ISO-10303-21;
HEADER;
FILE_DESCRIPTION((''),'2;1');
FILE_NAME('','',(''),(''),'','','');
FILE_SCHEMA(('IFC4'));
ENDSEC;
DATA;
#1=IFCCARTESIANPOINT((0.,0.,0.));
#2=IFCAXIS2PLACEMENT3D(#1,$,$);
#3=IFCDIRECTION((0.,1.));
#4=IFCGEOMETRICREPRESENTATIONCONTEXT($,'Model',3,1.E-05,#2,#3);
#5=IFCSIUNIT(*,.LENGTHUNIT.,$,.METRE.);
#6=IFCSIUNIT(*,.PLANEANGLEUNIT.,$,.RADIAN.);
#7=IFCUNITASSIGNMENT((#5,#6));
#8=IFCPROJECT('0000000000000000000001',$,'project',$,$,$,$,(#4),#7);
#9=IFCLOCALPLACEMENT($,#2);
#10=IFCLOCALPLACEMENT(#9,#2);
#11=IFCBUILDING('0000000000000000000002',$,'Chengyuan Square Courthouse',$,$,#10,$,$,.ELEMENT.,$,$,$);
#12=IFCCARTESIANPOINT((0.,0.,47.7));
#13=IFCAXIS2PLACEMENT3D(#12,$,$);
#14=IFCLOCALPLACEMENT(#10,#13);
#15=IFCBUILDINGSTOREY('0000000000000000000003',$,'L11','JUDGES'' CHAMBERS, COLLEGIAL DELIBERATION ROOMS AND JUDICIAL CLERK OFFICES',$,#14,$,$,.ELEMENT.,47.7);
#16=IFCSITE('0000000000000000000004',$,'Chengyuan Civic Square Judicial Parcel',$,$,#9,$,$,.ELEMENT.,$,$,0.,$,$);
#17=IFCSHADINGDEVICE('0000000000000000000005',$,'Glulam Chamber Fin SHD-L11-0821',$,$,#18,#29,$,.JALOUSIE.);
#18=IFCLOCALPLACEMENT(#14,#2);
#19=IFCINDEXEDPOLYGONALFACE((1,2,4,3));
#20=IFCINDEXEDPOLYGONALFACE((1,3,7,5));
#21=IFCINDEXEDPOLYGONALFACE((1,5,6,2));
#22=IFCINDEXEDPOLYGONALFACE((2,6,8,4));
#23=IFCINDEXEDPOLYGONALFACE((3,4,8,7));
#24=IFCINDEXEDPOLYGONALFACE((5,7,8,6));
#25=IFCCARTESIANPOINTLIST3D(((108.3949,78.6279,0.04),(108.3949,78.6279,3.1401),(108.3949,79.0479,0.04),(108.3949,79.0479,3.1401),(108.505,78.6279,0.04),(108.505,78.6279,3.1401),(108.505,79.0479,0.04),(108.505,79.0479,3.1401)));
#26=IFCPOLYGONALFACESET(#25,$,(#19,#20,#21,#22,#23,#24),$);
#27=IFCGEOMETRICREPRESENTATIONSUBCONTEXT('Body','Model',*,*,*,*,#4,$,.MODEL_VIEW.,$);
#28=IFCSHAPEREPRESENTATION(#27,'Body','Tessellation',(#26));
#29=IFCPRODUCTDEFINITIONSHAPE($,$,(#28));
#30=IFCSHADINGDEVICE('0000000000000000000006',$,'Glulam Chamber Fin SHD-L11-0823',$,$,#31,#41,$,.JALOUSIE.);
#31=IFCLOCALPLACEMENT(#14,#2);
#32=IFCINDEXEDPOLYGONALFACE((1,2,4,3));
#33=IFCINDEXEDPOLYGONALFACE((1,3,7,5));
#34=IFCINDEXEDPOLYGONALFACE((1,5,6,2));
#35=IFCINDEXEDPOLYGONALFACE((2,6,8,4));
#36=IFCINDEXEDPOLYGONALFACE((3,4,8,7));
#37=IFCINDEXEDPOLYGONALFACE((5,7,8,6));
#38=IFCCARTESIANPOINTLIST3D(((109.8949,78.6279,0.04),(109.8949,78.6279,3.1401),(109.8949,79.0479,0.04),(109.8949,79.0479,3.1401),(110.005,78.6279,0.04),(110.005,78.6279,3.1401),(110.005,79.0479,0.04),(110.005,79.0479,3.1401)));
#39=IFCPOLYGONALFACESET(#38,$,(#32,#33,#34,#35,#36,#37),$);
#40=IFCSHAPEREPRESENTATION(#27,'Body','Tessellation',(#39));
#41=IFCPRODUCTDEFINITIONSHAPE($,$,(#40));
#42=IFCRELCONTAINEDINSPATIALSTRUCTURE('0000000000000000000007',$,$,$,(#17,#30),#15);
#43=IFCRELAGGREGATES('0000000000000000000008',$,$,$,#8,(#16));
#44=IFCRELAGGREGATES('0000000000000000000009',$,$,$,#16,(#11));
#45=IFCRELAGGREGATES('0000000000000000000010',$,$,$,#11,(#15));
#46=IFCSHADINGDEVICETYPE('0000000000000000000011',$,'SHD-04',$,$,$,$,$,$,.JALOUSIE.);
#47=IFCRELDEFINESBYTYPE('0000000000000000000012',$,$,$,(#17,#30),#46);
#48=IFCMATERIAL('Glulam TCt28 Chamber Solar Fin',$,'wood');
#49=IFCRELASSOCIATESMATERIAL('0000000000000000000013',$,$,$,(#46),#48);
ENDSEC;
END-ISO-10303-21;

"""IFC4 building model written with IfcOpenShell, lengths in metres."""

from ifc_helpers import new_model, si_unit, direction, frame, origin, origin_2d, place, context, subcontext, project, spatial, rectangle, extrude, material, type_object, element, save


model = new_model("IFC4")

# Units and contexts
model_context = context("Model", 3, precision=1e-05, world=origin(), true_north=direction((0.0, 1.0)))
body_context = subcontext(model_context, "Body", "Model", "MODEL_VIEW")
ifc_project = project(units=[si_unit("LENGTHUNIT", "METRE"), si_unit("PLANEANGLEUNIT", "RADIAN")], contexts=[model_context])

# Site, building, storey
site_placement = place(None, origin())
site = spatial("IfcSite", under=ifc_project, at=site_placement, Name="Chengyuan Civic Square Judicial Parcel", CompositionType="ELEMENT", RefElevation=0.0)
building_placement = place(site_placement, origin())
building = spatial("IfcBuilding", under=site, at=building_placement, Name="Chengyuan Square Courthouse", CompositionType="ELEMENT")
storey_placement = place(building_placement, frame((0.0, 0.0, 47.7)))
storey = spatial("IfcBuildingStorey", under=building, at=storey_placement, Name="L11", Description="JUDGES' CHAMBERS, COLLEGIAL DELIBERATION ROOMS AND JUDICIAL CLERK OFFICES", CompositionType="ELEMENT", Elevation=47.7)

# Shading devices
ifc_material_1 = material(Name="Glulam TCt28 Chamber Solar Fin", Category="wood")
shading_device_type_1 = type_object("IfcShadingDeviceType", Name="SHD-04", PredefinedType="JALOUSIE", material=ifc_material_1)
for number, where, z_axis, x_axis, name in (
    (1, (108.45, 78.8379, 0.04), (0.0, 0.0, 1.0), (0.0, 1.0, 0.0), "Glulam Chamber Fin SHD-L11-0821"),
    (2, (109.95, 78.8379, 0.04), (0.0, 0.0, 1.0), (0.0, 1.0, 0.0), "Glulam Chamber Fin SHD-L11-0823"),
):
    element("IfcShadingDevice", number, at=place(storey_placement, frame(where, z_axis=z_axis, x_axis=x_axis)), inside=storey, type_object=shading_device_type_1, Name=name, PredefinedType="JALOUSIE", context=body_context, shape_type="SweptSolid", body=[
        extrude(rectangle(XDim=0.4199, YDim=0.1101, at=origin_2d()), origin(), (0.0, 0.0, 1.0), 3.1001),
    ])

save(model, "model.ifc")
